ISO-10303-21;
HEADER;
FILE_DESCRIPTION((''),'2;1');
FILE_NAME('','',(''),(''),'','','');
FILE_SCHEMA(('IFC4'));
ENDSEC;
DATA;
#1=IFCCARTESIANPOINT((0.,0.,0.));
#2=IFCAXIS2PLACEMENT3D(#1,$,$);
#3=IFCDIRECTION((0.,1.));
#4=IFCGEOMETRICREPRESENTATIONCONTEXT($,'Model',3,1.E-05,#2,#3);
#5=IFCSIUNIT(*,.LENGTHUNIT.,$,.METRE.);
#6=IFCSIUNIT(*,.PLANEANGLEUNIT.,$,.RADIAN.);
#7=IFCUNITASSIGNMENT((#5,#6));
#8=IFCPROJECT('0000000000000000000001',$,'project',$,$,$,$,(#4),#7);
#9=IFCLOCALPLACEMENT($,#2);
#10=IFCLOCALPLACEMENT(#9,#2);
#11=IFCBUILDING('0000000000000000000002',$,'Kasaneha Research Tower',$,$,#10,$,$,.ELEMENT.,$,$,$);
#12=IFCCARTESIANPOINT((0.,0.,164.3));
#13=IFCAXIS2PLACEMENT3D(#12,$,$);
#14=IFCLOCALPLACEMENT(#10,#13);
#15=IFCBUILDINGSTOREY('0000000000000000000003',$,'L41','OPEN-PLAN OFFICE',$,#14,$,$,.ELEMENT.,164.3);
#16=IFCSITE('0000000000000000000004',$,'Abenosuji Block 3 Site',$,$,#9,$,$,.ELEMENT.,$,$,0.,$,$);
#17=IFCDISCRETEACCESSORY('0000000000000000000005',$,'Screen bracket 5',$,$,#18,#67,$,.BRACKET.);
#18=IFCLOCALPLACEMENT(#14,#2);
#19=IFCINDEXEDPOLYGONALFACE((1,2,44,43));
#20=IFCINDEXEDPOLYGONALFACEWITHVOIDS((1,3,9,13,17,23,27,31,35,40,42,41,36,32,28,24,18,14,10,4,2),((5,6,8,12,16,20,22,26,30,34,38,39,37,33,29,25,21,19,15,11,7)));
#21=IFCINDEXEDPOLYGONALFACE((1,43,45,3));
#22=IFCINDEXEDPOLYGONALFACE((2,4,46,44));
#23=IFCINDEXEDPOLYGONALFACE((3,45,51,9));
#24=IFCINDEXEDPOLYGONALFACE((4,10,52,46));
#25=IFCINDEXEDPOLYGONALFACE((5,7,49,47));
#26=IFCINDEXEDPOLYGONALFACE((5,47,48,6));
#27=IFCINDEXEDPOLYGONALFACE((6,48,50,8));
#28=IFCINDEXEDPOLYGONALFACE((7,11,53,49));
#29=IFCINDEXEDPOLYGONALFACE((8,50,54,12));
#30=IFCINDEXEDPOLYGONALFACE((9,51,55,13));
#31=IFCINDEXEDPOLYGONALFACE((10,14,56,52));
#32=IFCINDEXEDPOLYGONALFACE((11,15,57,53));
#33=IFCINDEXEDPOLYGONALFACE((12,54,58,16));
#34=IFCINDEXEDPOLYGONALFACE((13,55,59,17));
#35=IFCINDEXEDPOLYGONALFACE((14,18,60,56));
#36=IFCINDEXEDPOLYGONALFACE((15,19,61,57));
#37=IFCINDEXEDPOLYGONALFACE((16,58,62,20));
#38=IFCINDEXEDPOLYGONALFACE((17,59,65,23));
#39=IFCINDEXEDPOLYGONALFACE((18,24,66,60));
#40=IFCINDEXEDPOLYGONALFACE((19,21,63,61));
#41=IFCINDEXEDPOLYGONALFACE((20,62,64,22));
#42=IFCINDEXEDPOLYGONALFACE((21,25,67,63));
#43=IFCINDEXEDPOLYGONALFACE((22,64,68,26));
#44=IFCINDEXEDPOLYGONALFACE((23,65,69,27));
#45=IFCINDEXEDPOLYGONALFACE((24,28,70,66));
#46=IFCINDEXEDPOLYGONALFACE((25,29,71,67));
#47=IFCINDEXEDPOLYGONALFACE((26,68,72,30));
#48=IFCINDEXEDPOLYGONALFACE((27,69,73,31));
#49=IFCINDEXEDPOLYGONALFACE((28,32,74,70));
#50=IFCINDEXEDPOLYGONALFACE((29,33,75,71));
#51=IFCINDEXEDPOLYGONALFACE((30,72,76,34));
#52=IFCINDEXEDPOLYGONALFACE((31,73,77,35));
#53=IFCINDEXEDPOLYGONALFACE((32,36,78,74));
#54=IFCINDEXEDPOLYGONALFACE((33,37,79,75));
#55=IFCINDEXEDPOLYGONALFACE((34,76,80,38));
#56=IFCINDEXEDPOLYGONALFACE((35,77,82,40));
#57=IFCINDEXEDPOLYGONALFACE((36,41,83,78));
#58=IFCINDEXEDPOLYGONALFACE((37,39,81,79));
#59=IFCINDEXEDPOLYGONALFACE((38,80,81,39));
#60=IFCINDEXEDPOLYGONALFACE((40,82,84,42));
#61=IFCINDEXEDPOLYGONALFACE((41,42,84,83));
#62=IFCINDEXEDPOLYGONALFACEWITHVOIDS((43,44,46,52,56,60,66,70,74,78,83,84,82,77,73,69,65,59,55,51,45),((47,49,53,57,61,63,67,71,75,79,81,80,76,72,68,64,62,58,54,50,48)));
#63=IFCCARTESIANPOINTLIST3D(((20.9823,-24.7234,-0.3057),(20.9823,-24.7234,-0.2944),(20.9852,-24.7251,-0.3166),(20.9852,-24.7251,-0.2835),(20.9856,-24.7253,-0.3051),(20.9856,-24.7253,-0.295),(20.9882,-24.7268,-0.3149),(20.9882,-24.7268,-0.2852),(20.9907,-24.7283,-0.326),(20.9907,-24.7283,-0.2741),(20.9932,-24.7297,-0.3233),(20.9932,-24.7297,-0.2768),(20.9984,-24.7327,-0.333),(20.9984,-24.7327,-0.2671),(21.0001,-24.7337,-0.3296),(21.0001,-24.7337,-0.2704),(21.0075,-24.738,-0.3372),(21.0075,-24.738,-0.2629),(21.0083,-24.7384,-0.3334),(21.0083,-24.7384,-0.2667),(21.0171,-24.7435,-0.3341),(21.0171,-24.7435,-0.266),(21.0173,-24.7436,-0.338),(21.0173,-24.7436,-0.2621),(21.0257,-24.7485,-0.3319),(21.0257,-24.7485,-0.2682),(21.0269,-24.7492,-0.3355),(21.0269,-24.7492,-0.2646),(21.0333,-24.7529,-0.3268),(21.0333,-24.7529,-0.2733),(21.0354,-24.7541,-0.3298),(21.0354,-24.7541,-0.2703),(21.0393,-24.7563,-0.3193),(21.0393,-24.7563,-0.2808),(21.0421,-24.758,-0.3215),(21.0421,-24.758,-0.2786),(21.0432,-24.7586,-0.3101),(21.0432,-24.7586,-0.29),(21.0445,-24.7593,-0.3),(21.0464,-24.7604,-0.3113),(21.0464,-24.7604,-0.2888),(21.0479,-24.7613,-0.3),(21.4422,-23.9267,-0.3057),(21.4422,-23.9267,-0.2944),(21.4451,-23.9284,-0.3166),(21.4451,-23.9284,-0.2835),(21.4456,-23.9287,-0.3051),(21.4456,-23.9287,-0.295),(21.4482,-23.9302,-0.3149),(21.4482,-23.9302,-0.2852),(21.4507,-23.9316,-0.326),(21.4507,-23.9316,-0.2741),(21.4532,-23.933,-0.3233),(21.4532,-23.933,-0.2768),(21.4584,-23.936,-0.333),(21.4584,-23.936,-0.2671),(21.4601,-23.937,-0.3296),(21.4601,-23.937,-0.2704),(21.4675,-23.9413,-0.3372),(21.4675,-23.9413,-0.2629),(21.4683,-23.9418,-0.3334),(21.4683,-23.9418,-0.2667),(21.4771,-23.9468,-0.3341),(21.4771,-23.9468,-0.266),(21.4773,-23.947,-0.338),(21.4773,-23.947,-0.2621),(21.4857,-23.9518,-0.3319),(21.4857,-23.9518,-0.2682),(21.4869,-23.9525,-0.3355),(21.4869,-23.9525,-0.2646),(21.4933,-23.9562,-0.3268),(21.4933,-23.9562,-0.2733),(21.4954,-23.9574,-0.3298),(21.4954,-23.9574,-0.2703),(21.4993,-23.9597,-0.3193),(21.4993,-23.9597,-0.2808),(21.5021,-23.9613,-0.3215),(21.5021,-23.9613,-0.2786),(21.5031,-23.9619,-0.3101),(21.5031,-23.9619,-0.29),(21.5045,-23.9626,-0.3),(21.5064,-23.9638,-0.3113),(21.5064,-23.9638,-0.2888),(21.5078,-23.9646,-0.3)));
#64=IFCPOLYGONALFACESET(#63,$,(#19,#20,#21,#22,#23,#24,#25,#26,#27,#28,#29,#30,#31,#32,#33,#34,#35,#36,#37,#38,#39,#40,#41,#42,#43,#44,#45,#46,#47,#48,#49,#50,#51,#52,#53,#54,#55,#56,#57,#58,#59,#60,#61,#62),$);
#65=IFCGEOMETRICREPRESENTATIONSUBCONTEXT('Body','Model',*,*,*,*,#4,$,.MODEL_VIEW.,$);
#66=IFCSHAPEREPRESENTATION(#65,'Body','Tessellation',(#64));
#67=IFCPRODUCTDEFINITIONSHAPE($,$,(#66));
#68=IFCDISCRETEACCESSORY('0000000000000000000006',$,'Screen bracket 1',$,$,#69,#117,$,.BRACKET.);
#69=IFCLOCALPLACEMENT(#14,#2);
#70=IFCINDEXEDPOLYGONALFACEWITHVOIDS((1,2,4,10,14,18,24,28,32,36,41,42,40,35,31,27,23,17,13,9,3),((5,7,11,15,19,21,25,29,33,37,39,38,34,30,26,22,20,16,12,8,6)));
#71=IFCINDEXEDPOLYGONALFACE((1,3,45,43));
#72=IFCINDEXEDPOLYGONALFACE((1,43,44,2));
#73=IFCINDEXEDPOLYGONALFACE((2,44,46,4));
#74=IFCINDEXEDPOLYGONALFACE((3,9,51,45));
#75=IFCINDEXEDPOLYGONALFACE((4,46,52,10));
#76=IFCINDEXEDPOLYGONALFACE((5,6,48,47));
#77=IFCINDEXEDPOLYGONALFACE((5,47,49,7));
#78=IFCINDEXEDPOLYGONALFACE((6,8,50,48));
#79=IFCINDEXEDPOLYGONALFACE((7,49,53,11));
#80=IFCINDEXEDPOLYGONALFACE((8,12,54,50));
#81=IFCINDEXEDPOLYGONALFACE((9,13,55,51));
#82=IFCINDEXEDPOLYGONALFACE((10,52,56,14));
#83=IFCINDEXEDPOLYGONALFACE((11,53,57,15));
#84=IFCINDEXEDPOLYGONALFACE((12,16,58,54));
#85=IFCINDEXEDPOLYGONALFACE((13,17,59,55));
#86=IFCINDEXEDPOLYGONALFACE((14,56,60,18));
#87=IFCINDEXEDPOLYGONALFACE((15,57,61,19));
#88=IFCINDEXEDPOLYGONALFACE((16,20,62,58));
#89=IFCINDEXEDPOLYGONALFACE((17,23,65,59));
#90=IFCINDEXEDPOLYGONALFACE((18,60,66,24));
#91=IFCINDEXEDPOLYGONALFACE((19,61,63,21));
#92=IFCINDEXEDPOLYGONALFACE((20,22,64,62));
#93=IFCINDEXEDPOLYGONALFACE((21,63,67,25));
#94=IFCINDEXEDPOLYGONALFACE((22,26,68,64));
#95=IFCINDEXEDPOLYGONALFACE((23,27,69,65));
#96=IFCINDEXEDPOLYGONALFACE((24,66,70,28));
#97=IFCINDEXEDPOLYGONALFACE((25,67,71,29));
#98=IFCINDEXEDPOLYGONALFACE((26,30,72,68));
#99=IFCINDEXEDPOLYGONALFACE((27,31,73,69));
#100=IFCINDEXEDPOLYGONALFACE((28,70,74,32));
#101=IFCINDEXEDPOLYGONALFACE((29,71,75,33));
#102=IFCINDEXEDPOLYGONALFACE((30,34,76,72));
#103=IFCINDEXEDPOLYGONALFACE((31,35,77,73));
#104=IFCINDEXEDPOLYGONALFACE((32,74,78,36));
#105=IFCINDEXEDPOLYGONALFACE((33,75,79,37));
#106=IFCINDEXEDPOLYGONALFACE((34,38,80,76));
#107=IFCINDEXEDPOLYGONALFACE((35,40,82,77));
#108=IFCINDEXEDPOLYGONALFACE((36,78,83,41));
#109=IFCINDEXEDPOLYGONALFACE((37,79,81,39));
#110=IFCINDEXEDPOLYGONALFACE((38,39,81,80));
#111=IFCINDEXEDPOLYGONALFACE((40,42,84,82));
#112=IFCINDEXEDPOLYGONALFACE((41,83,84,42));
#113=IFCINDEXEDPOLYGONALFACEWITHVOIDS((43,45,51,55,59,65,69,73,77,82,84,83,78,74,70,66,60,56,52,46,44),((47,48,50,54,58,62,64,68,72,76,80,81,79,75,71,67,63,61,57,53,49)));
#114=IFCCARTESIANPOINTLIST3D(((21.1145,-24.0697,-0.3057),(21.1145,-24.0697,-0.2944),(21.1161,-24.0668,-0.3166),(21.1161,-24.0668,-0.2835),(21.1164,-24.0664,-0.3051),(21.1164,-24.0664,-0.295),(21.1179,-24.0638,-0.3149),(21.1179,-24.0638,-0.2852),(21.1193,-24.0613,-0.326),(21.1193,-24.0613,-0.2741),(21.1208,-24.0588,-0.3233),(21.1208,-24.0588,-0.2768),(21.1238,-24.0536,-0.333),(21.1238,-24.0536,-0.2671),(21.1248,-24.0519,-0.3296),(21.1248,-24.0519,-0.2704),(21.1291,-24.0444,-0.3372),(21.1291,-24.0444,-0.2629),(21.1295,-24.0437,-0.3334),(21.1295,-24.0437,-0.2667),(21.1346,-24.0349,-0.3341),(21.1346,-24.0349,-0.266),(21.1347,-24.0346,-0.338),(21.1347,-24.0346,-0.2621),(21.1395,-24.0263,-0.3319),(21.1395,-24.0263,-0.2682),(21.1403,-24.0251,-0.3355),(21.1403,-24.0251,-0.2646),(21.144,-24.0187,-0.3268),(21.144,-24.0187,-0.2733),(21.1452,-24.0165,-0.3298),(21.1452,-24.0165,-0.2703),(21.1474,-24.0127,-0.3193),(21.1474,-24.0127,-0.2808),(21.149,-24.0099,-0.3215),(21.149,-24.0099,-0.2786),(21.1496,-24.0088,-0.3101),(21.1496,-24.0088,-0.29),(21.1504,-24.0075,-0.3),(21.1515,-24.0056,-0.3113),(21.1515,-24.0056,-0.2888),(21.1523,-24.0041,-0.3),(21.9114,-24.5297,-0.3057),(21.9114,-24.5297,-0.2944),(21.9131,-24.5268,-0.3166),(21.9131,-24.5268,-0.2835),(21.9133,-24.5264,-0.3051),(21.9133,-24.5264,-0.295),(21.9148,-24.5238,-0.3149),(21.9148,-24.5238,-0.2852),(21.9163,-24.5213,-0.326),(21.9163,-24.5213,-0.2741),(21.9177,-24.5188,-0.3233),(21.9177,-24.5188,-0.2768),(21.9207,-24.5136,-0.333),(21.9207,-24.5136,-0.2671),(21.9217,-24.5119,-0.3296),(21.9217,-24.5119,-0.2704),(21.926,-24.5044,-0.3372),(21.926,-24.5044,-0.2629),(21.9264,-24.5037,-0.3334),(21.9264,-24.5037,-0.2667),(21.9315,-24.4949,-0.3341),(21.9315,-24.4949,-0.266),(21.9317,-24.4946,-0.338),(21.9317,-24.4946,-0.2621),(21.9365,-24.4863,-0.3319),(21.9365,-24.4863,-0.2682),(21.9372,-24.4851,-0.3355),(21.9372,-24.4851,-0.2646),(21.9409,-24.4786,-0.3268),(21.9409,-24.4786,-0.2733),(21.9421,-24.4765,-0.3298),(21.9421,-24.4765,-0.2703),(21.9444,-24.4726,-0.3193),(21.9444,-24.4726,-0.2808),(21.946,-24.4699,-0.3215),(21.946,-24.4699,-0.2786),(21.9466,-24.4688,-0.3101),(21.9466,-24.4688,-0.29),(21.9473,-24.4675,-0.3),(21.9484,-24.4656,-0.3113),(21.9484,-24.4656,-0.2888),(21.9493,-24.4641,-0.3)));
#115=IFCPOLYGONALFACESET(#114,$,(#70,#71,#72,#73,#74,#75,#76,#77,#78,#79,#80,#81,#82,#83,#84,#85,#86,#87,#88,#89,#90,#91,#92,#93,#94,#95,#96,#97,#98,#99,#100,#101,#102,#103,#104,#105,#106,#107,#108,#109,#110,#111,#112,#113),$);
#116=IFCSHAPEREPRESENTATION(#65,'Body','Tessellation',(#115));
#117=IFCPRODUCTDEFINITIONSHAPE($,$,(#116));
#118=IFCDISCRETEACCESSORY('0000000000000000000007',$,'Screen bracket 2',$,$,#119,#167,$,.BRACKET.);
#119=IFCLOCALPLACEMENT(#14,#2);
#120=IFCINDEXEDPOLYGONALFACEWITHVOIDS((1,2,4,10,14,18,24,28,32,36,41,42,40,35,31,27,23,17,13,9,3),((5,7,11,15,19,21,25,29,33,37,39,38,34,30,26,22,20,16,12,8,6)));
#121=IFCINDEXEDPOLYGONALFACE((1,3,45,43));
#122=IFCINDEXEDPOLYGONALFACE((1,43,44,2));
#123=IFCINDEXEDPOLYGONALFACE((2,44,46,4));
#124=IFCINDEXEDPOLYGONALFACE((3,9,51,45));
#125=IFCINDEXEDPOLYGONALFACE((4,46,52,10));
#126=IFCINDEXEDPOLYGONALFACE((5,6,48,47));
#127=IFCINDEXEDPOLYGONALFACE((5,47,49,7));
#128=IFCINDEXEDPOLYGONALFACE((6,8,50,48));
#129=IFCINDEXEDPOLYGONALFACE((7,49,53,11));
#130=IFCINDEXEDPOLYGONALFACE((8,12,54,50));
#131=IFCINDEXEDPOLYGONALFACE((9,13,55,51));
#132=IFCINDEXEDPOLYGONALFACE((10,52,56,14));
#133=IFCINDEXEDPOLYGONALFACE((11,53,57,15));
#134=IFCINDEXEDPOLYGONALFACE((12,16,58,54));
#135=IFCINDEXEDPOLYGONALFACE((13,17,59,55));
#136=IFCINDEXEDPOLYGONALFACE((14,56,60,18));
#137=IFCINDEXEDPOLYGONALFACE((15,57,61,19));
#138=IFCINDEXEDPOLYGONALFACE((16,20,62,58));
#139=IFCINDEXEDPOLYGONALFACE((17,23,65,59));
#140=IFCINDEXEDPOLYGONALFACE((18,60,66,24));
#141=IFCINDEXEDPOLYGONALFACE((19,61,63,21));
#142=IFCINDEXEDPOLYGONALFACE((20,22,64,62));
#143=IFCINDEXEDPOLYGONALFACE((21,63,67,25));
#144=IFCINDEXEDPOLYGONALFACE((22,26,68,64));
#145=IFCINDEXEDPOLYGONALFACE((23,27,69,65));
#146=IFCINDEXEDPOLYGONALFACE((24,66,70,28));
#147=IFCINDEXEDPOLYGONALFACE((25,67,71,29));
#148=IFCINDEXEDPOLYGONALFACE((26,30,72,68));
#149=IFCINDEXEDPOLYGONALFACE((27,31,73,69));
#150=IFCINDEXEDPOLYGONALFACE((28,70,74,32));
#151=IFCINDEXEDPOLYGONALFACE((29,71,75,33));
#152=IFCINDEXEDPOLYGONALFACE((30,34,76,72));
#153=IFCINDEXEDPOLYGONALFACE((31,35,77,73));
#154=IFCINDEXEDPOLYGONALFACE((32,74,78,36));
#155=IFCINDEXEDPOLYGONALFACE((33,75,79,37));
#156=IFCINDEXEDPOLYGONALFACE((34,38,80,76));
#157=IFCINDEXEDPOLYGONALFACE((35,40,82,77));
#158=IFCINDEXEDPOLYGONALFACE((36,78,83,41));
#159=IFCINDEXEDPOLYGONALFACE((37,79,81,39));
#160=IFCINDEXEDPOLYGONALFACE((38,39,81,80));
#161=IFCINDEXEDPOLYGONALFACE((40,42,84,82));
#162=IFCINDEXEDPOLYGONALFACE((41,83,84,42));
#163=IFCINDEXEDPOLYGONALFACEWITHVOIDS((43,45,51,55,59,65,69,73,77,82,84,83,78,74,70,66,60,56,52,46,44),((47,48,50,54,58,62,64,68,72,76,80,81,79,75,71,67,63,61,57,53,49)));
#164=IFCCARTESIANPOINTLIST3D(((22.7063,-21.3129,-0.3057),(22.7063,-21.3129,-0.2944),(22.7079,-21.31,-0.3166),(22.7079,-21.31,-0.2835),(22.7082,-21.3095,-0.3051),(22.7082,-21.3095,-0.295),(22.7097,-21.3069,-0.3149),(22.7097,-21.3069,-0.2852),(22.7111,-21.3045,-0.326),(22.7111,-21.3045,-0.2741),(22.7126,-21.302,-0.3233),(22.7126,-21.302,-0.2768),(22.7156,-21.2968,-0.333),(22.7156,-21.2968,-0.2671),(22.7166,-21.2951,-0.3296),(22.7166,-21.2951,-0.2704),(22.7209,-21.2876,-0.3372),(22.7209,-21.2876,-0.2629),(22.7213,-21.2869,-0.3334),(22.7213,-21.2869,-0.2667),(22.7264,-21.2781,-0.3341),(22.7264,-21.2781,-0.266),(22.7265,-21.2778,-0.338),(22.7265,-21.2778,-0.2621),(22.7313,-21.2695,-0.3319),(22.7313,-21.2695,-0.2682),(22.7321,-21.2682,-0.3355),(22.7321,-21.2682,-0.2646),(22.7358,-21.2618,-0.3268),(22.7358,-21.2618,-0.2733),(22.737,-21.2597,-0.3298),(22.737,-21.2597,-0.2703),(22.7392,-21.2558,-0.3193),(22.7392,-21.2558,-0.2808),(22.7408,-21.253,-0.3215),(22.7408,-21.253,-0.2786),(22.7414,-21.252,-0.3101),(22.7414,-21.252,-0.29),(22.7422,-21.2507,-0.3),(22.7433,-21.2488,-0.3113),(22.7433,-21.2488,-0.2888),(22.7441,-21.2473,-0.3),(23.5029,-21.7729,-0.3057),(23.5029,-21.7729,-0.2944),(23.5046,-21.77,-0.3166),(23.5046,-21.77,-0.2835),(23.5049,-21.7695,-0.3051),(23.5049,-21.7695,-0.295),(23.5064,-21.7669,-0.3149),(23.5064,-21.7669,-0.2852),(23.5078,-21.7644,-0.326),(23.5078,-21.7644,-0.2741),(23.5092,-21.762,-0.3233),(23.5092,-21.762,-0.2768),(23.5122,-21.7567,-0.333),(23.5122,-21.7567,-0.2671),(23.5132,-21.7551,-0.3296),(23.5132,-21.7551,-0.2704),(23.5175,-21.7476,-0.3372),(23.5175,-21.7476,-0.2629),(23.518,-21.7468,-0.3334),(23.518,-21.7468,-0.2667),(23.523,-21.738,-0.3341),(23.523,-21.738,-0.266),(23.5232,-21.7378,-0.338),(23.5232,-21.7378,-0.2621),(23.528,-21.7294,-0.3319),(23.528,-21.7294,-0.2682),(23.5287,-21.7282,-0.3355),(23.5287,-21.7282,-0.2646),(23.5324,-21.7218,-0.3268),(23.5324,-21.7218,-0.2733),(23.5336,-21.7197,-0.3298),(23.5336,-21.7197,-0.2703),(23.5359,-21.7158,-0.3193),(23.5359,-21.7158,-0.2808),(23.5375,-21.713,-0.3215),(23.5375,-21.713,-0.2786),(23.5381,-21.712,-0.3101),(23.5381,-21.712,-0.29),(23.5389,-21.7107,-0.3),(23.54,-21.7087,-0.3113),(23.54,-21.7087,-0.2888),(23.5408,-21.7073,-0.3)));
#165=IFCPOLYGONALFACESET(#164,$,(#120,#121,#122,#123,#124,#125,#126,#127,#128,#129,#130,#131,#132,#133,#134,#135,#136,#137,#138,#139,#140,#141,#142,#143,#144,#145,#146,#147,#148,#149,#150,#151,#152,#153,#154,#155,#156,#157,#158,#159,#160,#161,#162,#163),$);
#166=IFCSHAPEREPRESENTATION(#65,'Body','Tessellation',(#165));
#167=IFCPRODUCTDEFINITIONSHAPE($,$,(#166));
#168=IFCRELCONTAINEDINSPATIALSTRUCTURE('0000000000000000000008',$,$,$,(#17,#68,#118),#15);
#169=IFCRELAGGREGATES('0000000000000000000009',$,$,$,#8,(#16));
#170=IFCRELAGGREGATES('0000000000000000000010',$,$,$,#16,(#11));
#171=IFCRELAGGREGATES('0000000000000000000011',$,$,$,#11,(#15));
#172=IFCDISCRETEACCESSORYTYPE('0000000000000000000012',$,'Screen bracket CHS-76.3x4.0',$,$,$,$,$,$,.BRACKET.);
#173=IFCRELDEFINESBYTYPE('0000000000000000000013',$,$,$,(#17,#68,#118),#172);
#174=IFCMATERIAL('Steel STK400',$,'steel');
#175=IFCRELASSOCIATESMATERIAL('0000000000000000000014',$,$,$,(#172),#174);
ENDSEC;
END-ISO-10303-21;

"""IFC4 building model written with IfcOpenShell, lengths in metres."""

from ifc_helpers import new_model, si_unit, direction, frame, origin, origin_2d, place, context, subcontext, project, spatial, hollow_circle, extrude, material, material_profile, profile_set, type_object, element, save


model = new_model("IFC4")

# Units and contexts
model_context = context("Model", 3, precision=1e-05, world=origin(), true_north=direction((0.0, 1.0)))
body_context = subcontext(model_context, "Body", "Model", "MODEL_VIEW")
ifc_project = project(units=[si_unit("LENGTHUNIT", "METRE"), si_unit("PLANEANGLEUNIT", "RADIAN")], contexts=[model_context])

# Site, building, storey
site_placement = place(None, origin())
site = spatial("IfcSite", under=ifc_project, at=site_placement, Name="Abenosuji Block 3 Site", CompositionType="ELEMENT", RefElevation=0.0)
building_placement = place(site_placement, origin())
building = spatial("IfcBuilding", under=site, at=building_placement, Name="Kasaneha Research Tower", CompositionType="ELEMENT")
storey_placement = place(building_placement, frame((0.0, 0.0, 164.3)))
storey = spatial("IfcBuildingStorey", under=building, at=storey_placement, Name="L41", Description="OPEN-PLAN OFFICE", CompositionType="ELEMENT", Elevation=164.3)

# Discrete accessories
ifc_material_1 = material(Name="Steel STK400", Category="steel")
ifc_material_profile_1 = material_profile(ifc_material_1, hollow_circle(Radius=0.0381, WallThickness=0.0039, at=origin_2d()), Name="CHS-76.3x4.0")
ifc_profile_set_1 = profile_set([ifc_material_profile_1], Name="Steel STK400")
discrete_accessory_type = type_object("IfcDiscreteAccessoryType", Name="Screen bracket CHS-76.3x4.0", PredefinedType="BRACKET", material=ifc_profile_set_1)
discrete_accessory_1_placement = place(storey_placement, frame((21.4749, -23.9456, -0.3), z_axis=(-0.500021, -0.866013, 0.0), x_axis=(0.866013, -0.500021, 0.0)))
element("IfcDiscreteAccessory", 1, at=discrete_accessory_1_placement, inside=storey, type_object=discrete_accessory_type, Name="Screen bracket 5", PredefinedType="BRACKET", context=body_context, shape_type="SweptSolid", body=[
    extrude(hollow_circle(Radius=0.0381, WallThickness=0.0039, at=origin_2d()), origin(), (0.0, 0.0, 1.0), 0.9199),
])
discrete_accessory_2_placement = place(storey_placement, frame((21.1333, -24.0371, -0.3), z_axis=(0.86608, -0.499906, 0.0), x_axis=(0.499906, 0.86608, 0.0)))
element("IfcDiscreteAccessory", 2, at=discrete_accessory_2_placement, inside=storey, type_object=discrete_accessory_type, Name="Screen bracket 1", PredefinedType="BRACKET", context=body_context, shape_type="SweptSolid", body=[
    extrude(hollow_circle(Radius=0.0381, WallThickness=0.0039, at=origin_2d()), origin(), (0.0, 0.0, 1.0), 0.9202),
])
discrete_accessory_3_placement = place(storey_placement, frame((22.7251, -21.2803, -0.3), z_axis=(0.866013, -0.500021, 0.0), x_axis=(0.500021, 0.866013, 0.0)))
element("IfcDiscreteAccessory", 3, at=discrete_accessory_3_placement, inside=storey, type_object=discrete_accessory_type, Name="Screen bracket 2", PredefinedType="BRACKET", context=body_context, shape_type="SweptSolid", body=[
    extrude(hollow_circle(Radius=0.0381, WallThickness=0.0039, at=origin_2d()), origin(), (0.0, 0.0, 1.0), 0.9199),
])

save(model, "model.ifc")
